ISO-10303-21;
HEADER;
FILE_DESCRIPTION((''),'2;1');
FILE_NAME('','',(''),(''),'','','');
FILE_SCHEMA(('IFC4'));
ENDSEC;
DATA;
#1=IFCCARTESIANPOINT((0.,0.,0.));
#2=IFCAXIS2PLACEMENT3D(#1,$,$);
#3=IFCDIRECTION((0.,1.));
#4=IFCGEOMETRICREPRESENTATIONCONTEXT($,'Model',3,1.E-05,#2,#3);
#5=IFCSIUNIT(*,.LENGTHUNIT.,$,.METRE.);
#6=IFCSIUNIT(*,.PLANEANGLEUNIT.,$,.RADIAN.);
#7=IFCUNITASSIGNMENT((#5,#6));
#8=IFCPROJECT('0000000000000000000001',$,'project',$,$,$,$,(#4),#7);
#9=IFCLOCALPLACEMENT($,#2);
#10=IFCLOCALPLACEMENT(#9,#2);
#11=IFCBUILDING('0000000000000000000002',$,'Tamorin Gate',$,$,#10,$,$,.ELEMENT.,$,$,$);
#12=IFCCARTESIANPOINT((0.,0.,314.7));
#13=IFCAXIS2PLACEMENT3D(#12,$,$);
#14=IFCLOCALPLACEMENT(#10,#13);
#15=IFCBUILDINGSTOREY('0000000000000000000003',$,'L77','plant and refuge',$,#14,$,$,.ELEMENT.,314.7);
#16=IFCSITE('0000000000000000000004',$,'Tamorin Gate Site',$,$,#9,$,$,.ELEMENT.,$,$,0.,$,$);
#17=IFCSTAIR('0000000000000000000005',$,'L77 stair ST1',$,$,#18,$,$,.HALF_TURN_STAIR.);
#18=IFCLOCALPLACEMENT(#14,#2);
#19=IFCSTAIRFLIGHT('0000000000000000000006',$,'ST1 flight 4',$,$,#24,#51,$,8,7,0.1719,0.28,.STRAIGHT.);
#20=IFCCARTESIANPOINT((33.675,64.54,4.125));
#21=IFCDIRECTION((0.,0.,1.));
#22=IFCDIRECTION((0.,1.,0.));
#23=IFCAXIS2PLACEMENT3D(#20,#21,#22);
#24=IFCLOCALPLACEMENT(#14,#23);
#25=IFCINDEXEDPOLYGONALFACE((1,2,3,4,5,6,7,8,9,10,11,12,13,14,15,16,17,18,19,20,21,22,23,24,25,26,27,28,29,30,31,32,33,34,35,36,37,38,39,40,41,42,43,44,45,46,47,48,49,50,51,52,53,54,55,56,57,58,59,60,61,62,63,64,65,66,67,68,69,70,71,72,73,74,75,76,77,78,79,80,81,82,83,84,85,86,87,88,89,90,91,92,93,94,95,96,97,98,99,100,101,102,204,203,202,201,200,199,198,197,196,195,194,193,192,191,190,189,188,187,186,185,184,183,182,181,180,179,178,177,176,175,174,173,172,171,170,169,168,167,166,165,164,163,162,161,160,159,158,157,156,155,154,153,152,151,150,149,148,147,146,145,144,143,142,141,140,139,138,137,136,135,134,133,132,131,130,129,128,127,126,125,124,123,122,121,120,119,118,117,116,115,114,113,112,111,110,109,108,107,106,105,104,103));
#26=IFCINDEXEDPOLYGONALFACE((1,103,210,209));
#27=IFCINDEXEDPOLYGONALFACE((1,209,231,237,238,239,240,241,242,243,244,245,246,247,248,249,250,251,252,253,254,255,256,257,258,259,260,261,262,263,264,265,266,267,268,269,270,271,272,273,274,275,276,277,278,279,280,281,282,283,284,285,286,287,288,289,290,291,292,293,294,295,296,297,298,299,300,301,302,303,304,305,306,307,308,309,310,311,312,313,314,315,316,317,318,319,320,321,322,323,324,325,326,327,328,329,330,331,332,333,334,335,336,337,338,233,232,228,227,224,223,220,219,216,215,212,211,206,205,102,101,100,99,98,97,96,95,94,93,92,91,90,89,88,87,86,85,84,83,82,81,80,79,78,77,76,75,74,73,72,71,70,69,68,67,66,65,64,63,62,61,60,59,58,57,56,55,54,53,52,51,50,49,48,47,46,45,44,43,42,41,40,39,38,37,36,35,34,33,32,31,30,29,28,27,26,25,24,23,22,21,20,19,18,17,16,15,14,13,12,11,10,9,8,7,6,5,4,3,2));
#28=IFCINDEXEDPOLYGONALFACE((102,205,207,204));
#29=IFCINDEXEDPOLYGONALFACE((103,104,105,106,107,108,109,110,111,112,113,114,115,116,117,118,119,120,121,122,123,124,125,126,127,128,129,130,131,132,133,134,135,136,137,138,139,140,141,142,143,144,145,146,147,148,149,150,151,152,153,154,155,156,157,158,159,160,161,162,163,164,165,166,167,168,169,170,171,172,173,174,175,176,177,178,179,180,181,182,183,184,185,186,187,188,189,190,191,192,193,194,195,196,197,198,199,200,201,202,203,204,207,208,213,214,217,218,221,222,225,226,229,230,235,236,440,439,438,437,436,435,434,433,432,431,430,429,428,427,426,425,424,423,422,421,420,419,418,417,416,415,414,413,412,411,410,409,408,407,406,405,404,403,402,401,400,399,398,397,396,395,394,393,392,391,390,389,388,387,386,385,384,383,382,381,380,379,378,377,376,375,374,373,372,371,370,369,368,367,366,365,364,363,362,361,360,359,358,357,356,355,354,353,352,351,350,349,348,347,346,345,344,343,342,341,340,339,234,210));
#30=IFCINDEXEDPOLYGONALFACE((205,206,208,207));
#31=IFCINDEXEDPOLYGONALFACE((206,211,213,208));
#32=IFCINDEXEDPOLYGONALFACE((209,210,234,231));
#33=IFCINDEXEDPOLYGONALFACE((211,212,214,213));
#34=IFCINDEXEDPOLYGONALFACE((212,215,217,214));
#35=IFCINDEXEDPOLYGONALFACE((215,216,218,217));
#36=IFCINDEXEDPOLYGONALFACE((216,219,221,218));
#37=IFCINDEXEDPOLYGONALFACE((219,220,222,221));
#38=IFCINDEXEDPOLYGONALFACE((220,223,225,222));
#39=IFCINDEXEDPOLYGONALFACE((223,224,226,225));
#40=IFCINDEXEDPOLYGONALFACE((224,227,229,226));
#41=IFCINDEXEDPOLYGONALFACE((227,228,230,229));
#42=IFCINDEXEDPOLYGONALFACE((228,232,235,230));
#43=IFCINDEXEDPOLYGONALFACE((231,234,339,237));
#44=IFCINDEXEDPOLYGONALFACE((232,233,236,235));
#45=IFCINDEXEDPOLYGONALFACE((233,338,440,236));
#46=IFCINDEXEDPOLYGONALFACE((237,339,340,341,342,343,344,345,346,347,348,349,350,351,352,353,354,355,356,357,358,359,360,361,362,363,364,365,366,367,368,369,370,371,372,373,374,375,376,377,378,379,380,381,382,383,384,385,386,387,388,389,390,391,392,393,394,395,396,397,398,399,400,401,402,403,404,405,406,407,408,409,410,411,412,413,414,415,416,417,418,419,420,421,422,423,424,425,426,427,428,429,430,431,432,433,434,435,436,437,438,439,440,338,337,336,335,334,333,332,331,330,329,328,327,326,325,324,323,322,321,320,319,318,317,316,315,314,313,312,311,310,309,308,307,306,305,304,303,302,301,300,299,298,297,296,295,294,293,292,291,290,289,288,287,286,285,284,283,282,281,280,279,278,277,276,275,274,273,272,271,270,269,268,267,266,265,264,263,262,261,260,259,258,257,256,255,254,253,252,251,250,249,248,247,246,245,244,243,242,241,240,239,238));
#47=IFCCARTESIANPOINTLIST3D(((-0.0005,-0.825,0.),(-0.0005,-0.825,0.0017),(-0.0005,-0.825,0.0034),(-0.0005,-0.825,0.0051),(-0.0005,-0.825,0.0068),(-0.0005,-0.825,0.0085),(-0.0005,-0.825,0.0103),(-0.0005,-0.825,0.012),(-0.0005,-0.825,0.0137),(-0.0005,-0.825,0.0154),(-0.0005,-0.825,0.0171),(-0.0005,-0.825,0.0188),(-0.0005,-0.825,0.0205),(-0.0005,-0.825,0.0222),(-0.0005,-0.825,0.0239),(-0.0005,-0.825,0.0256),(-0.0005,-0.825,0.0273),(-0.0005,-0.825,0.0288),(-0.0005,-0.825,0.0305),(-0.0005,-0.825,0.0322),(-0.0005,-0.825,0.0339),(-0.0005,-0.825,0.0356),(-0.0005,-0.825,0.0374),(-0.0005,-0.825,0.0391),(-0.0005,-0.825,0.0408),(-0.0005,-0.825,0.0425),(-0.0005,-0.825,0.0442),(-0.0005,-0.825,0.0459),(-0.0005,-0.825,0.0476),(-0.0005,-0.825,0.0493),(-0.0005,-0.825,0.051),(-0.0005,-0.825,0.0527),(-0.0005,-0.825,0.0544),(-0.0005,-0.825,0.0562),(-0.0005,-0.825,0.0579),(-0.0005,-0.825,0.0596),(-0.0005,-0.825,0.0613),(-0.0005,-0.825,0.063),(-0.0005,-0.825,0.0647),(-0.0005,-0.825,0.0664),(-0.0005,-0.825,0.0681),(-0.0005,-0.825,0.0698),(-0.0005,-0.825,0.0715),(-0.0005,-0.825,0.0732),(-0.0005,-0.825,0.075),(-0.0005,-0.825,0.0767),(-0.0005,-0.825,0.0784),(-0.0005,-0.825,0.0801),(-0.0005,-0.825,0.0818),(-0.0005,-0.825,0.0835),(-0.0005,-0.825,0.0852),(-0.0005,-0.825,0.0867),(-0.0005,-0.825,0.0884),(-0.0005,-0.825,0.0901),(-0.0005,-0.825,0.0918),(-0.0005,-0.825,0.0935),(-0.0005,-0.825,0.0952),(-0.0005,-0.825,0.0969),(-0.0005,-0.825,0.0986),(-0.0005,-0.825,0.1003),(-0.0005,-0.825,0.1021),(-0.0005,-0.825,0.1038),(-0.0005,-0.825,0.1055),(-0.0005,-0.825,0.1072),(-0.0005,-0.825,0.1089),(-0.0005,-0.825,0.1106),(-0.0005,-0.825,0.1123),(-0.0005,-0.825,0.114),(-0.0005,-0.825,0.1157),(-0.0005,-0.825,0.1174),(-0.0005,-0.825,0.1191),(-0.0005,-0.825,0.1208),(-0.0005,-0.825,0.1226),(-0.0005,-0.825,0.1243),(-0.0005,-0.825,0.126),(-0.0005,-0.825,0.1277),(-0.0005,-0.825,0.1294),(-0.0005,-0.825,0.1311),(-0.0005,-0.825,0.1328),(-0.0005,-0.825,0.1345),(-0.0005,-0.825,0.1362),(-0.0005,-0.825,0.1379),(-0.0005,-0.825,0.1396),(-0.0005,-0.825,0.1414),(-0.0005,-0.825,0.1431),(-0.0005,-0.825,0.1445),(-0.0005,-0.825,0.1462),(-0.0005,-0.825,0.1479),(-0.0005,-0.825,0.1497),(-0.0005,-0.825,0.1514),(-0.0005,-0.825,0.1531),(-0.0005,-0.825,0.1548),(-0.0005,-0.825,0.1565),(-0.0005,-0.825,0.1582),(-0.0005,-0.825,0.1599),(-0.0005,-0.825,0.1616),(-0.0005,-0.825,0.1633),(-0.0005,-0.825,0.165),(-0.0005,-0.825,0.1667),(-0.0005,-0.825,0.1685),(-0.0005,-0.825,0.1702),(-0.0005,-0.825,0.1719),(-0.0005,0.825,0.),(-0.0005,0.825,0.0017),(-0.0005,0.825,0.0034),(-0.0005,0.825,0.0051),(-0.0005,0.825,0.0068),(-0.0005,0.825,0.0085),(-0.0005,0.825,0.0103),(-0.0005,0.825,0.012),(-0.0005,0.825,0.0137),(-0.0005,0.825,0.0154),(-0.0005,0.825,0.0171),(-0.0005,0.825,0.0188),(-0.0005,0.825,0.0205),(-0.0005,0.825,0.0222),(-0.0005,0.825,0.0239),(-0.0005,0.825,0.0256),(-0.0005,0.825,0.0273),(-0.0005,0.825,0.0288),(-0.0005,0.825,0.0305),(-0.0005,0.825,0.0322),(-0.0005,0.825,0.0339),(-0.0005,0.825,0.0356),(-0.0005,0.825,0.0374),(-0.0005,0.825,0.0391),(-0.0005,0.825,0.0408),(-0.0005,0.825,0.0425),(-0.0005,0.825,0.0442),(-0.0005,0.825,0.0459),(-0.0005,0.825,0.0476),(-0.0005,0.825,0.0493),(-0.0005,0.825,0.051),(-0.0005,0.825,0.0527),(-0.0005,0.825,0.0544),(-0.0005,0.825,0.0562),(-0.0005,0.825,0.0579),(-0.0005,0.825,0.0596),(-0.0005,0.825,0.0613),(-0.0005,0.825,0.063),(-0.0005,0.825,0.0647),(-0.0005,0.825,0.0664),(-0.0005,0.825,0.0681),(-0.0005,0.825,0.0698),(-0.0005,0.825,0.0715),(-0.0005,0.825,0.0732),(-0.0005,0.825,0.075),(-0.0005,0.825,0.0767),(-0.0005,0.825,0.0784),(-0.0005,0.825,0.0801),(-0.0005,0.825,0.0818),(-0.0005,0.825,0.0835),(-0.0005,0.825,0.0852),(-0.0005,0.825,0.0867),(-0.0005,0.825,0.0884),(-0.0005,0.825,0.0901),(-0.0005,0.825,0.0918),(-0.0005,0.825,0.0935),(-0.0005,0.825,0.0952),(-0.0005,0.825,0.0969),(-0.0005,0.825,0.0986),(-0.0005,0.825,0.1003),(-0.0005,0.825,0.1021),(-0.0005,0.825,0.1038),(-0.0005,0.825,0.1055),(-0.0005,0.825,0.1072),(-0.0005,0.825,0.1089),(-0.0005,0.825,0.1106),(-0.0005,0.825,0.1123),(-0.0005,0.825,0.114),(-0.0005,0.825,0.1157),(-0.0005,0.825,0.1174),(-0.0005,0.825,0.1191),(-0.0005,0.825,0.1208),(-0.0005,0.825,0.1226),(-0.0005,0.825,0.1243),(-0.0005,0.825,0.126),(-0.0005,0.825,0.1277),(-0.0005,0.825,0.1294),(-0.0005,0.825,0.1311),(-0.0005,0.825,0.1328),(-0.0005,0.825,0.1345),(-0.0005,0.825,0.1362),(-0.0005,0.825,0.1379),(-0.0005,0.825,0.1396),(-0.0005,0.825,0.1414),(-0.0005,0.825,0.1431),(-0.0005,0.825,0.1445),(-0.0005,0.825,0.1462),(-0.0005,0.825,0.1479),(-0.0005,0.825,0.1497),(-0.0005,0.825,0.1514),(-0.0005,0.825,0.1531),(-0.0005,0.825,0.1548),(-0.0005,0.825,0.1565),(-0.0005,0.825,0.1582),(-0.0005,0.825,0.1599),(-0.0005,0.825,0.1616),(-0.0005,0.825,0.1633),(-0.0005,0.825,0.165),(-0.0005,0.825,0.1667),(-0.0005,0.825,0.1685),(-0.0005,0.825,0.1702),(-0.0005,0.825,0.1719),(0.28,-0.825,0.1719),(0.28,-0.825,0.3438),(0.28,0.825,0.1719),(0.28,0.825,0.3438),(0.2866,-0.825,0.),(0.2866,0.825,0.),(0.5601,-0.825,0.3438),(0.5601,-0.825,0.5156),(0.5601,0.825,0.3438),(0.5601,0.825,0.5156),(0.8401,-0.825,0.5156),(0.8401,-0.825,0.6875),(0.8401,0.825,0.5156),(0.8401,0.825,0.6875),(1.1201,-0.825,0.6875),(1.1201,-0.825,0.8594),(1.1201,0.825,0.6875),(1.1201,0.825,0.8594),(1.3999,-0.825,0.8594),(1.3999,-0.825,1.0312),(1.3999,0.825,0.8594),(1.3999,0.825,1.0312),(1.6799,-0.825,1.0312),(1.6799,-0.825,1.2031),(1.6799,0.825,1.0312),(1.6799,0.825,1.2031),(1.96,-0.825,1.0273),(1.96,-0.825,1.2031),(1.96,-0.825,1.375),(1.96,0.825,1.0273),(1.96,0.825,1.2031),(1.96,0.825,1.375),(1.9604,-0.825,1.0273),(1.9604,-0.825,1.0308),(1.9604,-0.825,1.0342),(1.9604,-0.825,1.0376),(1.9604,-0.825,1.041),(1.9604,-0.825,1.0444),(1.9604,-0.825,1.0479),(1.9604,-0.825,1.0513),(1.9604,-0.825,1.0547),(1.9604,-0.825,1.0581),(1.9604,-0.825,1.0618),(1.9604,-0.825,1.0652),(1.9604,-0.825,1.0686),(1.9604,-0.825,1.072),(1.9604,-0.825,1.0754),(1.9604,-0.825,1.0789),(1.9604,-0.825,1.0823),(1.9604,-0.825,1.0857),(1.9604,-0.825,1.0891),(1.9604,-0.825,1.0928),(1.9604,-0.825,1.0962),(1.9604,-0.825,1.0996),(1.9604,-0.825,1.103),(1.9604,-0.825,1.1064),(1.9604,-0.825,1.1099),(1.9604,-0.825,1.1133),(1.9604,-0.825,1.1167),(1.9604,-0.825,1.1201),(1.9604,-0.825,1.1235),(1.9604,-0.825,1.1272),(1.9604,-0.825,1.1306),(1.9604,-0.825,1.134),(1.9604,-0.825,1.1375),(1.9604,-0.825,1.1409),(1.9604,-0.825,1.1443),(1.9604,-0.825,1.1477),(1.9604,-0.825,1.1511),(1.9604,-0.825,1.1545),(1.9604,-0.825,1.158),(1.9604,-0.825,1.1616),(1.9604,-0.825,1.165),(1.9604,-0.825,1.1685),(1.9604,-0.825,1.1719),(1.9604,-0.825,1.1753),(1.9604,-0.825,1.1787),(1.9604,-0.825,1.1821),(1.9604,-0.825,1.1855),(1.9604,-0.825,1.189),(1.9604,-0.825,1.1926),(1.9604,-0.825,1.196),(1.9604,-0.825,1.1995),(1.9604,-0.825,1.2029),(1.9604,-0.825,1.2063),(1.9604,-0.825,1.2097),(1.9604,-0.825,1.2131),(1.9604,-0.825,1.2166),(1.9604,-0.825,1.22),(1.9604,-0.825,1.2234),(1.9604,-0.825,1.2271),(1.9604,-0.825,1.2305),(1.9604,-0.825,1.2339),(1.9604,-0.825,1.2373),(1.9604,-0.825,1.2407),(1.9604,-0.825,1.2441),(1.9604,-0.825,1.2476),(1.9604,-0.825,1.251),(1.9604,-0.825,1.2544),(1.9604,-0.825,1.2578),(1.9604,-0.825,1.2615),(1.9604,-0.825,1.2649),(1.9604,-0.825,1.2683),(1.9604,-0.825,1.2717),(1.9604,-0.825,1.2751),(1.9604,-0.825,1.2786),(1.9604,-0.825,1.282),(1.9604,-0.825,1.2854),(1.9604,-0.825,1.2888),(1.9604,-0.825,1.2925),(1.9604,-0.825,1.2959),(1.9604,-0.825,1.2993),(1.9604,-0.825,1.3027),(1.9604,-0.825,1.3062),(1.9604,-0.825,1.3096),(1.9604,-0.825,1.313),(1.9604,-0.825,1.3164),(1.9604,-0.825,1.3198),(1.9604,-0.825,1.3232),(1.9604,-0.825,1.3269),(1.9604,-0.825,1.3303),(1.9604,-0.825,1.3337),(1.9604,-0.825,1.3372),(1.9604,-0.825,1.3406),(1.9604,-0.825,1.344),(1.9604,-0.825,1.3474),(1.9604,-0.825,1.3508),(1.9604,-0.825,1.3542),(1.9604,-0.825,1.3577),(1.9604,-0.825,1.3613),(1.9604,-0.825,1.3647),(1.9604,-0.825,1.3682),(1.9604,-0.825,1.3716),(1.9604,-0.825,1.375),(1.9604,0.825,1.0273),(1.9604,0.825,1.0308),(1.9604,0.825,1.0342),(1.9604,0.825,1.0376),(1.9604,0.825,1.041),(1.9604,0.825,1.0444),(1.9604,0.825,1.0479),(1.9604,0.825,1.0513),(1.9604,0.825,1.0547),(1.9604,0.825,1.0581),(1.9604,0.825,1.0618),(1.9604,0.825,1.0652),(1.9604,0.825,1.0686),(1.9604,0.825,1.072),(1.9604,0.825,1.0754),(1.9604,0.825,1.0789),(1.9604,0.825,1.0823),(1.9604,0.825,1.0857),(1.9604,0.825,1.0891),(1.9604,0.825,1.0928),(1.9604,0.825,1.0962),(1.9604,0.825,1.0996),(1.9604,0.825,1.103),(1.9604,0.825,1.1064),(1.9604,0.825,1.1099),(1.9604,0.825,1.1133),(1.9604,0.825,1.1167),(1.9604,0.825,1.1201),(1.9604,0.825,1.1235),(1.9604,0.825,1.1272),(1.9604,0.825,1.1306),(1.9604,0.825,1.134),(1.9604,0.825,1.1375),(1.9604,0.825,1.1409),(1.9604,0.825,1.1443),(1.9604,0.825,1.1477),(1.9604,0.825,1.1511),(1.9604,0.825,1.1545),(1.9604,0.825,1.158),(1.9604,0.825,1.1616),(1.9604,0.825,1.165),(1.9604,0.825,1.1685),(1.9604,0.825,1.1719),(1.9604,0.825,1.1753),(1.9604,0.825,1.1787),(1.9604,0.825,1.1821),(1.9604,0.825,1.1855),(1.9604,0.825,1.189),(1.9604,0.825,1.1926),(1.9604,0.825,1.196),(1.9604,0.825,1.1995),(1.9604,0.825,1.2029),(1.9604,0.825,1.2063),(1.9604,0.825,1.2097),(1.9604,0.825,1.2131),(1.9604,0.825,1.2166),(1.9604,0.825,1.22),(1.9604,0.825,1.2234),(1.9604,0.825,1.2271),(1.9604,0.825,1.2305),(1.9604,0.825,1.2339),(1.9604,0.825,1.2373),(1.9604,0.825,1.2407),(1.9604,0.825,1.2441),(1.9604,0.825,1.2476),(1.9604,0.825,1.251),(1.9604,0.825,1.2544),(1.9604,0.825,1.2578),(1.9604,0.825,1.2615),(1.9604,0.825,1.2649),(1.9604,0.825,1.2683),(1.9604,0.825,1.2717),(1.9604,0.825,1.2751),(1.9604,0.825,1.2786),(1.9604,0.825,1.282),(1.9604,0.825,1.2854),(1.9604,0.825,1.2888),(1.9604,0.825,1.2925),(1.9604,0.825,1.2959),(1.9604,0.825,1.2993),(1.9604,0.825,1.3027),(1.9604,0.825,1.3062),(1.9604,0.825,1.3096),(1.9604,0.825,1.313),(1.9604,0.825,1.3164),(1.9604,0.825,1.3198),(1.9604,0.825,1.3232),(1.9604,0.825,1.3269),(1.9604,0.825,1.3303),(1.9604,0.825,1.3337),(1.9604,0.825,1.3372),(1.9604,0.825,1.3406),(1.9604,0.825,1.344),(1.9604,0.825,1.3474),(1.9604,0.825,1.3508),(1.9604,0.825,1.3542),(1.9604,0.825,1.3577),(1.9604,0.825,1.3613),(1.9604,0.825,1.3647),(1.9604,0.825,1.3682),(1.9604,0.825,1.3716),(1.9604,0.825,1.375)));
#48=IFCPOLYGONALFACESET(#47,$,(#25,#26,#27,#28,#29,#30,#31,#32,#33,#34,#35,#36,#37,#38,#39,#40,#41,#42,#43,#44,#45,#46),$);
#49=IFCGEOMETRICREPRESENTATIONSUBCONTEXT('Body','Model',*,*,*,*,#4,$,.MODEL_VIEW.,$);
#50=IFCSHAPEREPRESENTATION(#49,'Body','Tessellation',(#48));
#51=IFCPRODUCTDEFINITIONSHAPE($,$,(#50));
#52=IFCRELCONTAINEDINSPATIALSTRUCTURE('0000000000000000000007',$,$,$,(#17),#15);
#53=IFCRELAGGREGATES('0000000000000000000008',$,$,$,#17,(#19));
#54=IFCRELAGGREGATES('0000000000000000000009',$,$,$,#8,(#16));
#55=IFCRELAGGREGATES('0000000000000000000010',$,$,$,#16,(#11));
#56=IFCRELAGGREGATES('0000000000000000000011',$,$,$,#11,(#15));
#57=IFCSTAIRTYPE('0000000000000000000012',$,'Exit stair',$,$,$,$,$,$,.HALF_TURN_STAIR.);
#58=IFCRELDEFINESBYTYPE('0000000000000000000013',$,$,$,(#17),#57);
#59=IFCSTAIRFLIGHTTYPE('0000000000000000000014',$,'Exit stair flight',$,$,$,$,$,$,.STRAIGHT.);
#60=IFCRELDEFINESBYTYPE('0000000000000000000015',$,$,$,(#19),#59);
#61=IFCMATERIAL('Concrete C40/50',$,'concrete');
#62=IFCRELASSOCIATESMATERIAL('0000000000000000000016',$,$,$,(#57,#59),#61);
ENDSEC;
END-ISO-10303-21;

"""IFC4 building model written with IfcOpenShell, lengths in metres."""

from ifc_helpers import new_model, si_unit, direction, frame, origin, place, context, subcontext, project, spatial, polyline, outline, extrude, material, type_object, element, aggregate, save


model = new_model("IFC4")

# Units and contexts
model_context = context("Model", 3, precision=1e-05, world=origin(), true_north=direction((0.0, 1.0)))
body_context = subcontext(model_context, "Body", "Model", "MODEL_VIEW")
ifc_project = project(units=[si_unit("LENGTHUNIT", "METRE"), si_unit("PLANEANGLEUNIT", "RADIAN")], contexts=[model_context])

# Site, building, storey
site_placement = place(None, origin())
site = spatial("IfcSite", under=ifc_project, at=site_placement, Name="Tamorin Gate Site", CompositionType="ELEMENT", RefElevation=0.0)
building_placement = place(site_placement, origin())
building = spatial("IfcBuilding", under=site, at=building_placement, Name="Tamorin Gate", CompositionType="ELEMENT")
storey_placement = place(building_placement, frame((0.0, 0.0, 314.7)))
storey = spatial("IfcBuildingStorey", under=building, at=storey_placement, Name="L77", Description="plant and refuge", CompositionType="ELEMENT", Elevation=314.7)

# Stair, stair flight
ifc_material_1 = material(Name="Concrete C40/50", Category="concrete")
stair_type = type_object("IfcStairType", Name="Exit stair", PredefinedType="HALF_TURN_STAIR", material=ifc_material_1)
stair_placement = place(storey_placement, origin())
stair = element("IfcStair", 1, at=stair_placement, inside=storey, type_object=stair_type, Name="L77 stair ST1", PredefinedType="HALF_TURN_STAIR")
stair_flight_type = type_object("IfcStairFlightType", Name="Exit stair flight", PredefinedType="STRAIGHT", material=ifc_material_1)
stair_flight_1_placement = place(storey_placement, frame((33.675, 64.54, 4.125), z_axis=(0.0, 0.0, 1.0), x_axis=(0.0, 1.0, 0.0)))
stair_flight_1 = element("IfcStairFlight", 2, at=stair_flight_1_placement, type_object=stair_flight_type, Name="ST1 flight 4", NumberOfRisers=8, NumberOfTreads=7, PredefinedType="STRAIGHT", RiserHeight=0.1719, TreadLength=0.28, context=body_context, shape_type="SweptSolid", body=[
    extrude(outline(polyline([(-0.0005, 0.0), (-0.0005, 0.0017), (-0.0005, 0.0034), (-0.0005, 0.0051), (-0.0005, 0.0068), (-0.0005, 0.0085), (-0.0005, 0.0103), (-0.0005, 0.012), (-0.0005, 0.0137), (-0.0005, 0.0154), (-0.0005, 0.0171), (-0.0005, 0.0188), (-0.0005, 0.0205), (-0.0005, 0.0222), (-0.0005, 0.0239), (-0.0005, 0.0256), (-0.0005, 0.0273), (-0.0005, 0.0288), (-0.0005, 0.0305), (-0.0005, 0.0322), (-0.0005, 0.0339), (-0.0005, 0.0356), (-0.0005, 0.0374), (-0.0005, 0.0391), (-0.0005, 0.0408), (-0.0005, 0.0425), (-0.0005, 0.0442), (-0.0005, 0.0459), (-0.0005, 0.0476), (-0.0005, 0.0493), (-0.0005, 0.051), (-0.0005, 0.0527), (-0.0005, 0.0544), (-0.0005, 0.0562), (-0.0005, 0.0579), (-0.0005, 0.0596), (-0.0005, 0.0613), (-0.0005, 0.063), (-0.0005, 0.0647), (-0.0005, 0.0664), (-0.0005, 0.0681), (-0.0005, 0.0698), (-0.0005, 0.0715), (-0.0005, 0.0732), (-0.0005, 0.075), (-0.0005, 0.0767), (-0.0005, 0.0784), (-0.0005, 0.0801), (-0.0005, 0.0818), (-0.0005, 0.0835), (-0.0005, 0.0852), (-0.0005, 0.0867), (-0.0005, 0.0884), (-0.0005, 0.0901), (-0.0005, 0.0918), (-0.0005, 0.0935), (-0.0005, 0.0952), (-0.0005, 0.0969), (-0.0005, 0.0986), (-0.0005, 0.1003), (-0.0005, 0.1021), (-0.0005, 0.1038), (-0.0005, 0.1055), (-0.0005, 0.1072), (-0.0005, 0.1089), (-0.0005, 0.1106), (-0.0005, 0.1123), (-0.0005, 0.114), (-0.0005, 0.1157), (-0.0005, 0.1174), (-0.0005, 0.1191), (-0.0005, 0.1208), (-0.0005, 0.1226), (-0.0005, 0.1243), (-0.0005, 0.126), (-0.0005, 0.1277), (-0.0005, 0.1294), (-0.0005, 0.1311), (-0.0005, 0.1328), (-0.0005, 0.1345), (-0.0005, 0.1362), (-0.0005, 0.1379), (-0.0005, 0.1396), (-0.0005, 0.1414), (-0.0005, 0.1431), (-0.0005, 0.1445), (-0.0005, 0.1462), (-0.0005, 0.1479), (-0.0005, 0.1497), (-0.0005, 0.1514), (-0.0005, 0.1531), (-0.0005, 0.1548), (-0.0005, 0.1565), (-0.0005, 0.1582), (-0.0005, 0.1599), (-0.0005, 0.1616), (-0.0005, 0.1633), (-0.0005, 0.165), (-0.0005, 0.1667), (-0.0005, 0.1685), (-0.0005, 0.1702), (-0.0005, 0.1719), (0.28, 0.1719), (0.28, 0.3438), (0.5601, 0.3438), (0.5601, 0.5156), (0.8401, 0.5156), (0.8401, 0.6875), (1.1201, 0.6875), (1.1201, 0.8594), (1.3999, 0.8594), (1.3999, 1.0312), (1.6799, 1.0312), (1.6799, 1.2031), (1.96, 1.2031), (1.96, 1.375), (1.9604, 1.375), (1.9604, 1.3716), (1.9604, 1.3682), (1.9604, 1.3647), (1.9604, 1.3613), (1.9604, 1.3577), (1.9604, 1.3542), (1.9604, 1.3508), (1.9604, 1.3474), (1.9604, 1.344), (1.9604, 1.3406), (1.9604, 1.3372), (1.9604, 1.3337), (1.9604, 1.3303), (1.9604, 1.3269), (1.9604, 1.3232), (1.9604, 1.3198), (1.9604, 1.3164), (1.9604, 1.313), (1.9604, 1.3096), (1.9604, 1.3062), (1.9604, 1.3027), (1.9604, 1.2993), (1.9604, 1.2959), (1.9604, 1.2925), (1.9604, 1.2888), (1.9604, 1.2854), (1.9604, 1.282), (1.9604, 1.2786), (1.9604, 1.2751), (1.9604, 1.2717), (1.9604, 1.2683), (1.9604, 1.2649), (1.9604, 1.2615), (1.9604, 1.2578), (1.9604, 1.2544), (1.9604, 1.251), (1.9604, 1.2476), (1.9604, 1.2441), (1.9604, 1.2407), (1.9604, 1.2373), (1.9604, 1.2339), (1.9604, 1.2305), (1.9604, 1.2271), (1.9604, 1.2234), (1.9604, 1.22), (1.9604, 1.2166), (1.9604, 1.2131), (1.9604, 1.2097), (1.9604, 1.2063), (1.9604, 1.2029), (1.9604, 1.1995), (1.9604, 1.196), (1.9604, 1.1926), (1.9604, 1.189), (1.9604, 1.1855), (1.9604, 1.1821), (1.9604, 1.1787), (1.9604, 1.1753), (1.9604, 1.1719), (1.9604, 1.1685), (1.9604, 1.165), (1.9604, 1.1616), (1.9604, 1.158), (1.9604, 1.1545), (1.9604, 1.1511), (1.9604, 1.1477), (1.9604, 1.1443), (1.9604, 1.1409), (1.9604, 1.1375), (1.9604, 1.134), (1.9604, 1.1306), (1.9604, 1.1272), (1.9604, 1.1235), (1.9604, 1.1201), (1.9604, 1.1167), (1.9604, 1.1133), (1.9604, 1.1099), (1.9604, 1.1064), (1.9604, 1.103), (1.9604, 1.0996), (1.9604, 1.0962), (1.9604, 1.0928), (1.9604, 1.0891), (1.9604, 1.0857), (1.9604, 1.0823), (1.9604, 1.0789), (1.9604, 1.0754), (1.9604, 1.072), (1.9604, 1.0686), (1.9604, 1.0652), (1.9604, 1.0618), (1.9604, 1.0581), (1.9604, 1.0547), (1.9604, 1.0513), (1.9604, 1.0479), (1.9604, 1.0444), (1.9604, 1.041), (1.9604, 1.0376), (1.9604, 1.0342), (1.9604, 1.0308), (1.9604, 1.0273), (1.96, 1.0273), (0.2866, 0.0), (-0.0005, 0.0)])), frame((0.0, 0.825, 0.0), z_axis=(0.0, -1.0, 0.0), x_axis=(1.0, 0.0, 0.0)), (0.0, 0.0, 1.0), 1.6499),
])
aggregate(stair, [stair_flight_1])

save(model, "model.ifc")
